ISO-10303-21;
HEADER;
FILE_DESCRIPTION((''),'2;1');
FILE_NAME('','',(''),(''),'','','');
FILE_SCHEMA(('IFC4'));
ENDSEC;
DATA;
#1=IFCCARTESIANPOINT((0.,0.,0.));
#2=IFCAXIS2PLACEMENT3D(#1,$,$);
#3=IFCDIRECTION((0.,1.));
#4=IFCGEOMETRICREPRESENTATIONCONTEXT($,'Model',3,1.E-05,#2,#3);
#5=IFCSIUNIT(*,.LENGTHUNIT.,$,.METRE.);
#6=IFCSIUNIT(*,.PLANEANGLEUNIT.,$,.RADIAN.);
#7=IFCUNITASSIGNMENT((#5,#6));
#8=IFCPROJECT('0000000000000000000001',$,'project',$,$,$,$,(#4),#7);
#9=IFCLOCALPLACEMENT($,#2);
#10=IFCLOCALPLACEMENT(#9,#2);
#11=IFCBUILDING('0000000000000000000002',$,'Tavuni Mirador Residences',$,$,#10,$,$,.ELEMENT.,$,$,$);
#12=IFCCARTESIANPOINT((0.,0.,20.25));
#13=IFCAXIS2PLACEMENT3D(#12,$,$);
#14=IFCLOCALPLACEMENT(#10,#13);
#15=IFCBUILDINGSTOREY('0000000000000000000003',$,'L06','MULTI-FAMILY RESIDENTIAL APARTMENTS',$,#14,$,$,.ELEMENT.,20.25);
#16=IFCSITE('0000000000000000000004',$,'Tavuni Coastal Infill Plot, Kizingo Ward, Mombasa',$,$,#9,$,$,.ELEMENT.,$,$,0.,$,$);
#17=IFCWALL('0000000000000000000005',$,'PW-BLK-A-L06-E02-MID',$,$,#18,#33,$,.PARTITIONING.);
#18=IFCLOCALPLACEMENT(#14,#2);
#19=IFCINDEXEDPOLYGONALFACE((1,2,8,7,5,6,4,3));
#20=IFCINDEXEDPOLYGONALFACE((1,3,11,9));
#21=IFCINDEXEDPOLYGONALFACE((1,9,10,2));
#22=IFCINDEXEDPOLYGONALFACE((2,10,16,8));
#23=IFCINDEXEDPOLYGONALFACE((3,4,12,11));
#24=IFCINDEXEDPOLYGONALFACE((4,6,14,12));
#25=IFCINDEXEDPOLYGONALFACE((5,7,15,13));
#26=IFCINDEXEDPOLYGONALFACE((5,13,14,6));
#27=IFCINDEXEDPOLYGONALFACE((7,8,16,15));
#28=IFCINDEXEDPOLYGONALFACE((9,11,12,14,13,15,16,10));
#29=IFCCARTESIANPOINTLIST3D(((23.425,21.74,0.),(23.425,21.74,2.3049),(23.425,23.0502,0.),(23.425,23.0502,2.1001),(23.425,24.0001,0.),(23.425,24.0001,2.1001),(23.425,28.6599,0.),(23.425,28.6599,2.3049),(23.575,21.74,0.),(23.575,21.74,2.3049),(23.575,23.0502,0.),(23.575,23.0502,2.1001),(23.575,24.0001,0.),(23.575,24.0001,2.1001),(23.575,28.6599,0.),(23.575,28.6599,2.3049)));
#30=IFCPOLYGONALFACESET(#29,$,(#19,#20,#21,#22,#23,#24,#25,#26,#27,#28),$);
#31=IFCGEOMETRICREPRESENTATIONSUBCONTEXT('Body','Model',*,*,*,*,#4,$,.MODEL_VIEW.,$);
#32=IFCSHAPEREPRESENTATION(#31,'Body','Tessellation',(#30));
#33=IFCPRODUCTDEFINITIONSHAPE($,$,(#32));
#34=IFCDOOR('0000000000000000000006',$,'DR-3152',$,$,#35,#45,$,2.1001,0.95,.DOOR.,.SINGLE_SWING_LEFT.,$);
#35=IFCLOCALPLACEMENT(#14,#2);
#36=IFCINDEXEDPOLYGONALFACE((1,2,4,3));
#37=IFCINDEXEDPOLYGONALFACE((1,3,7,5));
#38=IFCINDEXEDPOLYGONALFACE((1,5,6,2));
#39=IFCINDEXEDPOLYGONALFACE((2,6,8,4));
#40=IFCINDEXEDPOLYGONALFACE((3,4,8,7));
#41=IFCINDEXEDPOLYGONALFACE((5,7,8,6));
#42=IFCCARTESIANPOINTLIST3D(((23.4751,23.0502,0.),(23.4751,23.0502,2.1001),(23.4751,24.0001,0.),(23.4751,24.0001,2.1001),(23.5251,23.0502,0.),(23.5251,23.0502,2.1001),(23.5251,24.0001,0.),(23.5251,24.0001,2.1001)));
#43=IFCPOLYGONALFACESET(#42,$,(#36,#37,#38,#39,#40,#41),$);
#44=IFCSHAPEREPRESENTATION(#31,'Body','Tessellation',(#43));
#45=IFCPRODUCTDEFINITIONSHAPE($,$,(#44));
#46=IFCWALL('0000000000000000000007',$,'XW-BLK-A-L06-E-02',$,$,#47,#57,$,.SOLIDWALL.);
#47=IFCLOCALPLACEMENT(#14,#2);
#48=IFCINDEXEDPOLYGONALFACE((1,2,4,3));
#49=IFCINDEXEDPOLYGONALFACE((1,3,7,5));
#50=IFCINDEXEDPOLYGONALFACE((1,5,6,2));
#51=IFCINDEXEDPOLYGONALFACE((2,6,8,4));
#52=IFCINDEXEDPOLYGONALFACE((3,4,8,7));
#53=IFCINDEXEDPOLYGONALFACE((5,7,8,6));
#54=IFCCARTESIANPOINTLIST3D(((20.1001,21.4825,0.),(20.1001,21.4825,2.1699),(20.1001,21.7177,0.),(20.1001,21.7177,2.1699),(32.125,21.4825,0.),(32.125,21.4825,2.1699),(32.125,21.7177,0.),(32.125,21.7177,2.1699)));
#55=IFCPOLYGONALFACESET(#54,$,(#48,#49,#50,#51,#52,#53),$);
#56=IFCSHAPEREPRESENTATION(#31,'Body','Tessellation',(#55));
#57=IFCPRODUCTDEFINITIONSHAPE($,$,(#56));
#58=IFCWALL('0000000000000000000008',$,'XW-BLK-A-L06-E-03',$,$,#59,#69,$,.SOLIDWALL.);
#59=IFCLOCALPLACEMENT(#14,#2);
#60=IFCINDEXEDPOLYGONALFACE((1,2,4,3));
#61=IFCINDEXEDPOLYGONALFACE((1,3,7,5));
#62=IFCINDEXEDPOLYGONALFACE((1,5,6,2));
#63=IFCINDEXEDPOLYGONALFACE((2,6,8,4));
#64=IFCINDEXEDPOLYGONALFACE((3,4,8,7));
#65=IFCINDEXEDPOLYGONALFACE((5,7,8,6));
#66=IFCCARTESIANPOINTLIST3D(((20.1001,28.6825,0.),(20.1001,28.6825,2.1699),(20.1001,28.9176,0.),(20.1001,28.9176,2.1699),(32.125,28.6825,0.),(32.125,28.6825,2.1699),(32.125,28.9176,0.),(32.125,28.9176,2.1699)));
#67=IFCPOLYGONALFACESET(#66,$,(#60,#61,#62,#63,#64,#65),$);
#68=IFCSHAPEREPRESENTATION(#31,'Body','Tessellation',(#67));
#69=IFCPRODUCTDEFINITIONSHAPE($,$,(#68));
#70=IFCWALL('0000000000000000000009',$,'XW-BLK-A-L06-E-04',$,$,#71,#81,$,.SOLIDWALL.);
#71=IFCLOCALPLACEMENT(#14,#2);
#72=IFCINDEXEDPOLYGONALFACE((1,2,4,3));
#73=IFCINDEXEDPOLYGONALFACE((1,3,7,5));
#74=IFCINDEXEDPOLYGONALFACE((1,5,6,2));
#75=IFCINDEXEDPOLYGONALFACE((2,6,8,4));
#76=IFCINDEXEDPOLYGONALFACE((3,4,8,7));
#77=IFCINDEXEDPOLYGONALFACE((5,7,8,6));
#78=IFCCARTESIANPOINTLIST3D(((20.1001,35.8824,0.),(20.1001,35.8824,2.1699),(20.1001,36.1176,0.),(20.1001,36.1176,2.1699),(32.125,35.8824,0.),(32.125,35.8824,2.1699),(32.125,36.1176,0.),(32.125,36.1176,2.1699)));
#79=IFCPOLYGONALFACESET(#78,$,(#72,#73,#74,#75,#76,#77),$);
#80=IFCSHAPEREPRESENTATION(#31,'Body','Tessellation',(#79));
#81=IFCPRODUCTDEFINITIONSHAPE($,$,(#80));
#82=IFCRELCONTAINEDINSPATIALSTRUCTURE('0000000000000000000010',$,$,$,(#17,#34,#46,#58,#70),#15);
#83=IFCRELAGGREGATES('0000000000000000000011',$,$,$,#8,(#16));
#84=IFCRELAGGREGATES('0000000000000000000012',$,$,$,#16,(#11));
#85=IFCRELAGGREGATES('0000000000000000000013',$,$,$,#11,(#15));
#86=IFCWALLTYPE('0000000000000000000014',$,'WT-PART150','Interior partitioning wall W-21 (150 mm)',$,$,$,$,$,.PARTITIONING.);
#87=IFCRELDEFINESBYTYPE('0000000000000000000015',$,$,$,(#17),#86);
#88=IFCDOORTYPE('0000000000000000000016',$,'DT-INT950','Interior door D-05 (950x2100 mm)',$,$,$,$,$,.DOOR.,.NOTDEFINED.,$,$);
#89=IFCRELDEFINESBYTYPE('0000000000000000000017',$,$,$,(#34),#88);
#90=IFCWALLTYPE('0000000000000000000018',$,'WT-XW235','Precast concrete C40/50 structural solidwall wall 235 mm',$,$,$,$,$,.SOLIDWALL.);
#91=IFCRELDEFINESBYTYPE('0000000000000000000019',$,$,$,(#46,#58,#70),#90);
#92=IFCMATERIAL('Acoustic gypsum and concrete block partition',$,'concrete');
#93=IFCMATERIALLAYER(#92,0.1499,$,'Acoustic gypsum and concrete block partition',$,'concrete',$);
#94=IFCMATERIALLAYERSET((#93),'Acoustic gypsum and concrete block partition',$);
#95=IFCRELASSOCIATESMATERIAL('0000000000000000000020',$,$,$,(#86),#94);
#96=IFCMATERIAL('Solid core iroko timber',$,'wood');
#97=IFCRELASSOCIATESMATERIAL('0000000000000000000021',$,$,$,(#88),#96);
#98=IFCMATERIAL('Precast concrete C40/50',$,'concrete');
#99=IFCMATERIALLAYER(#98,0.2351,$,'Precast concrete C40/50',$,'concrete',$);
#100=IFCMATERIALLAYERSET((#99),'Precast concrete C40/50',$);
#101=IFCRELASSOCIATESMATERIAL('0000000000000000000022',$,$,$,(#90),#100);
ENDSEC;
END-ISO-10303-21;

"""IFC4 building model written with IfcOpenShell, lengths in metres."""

from ifc_helpers import new_model, si_unit, direction, frame, frame_2d, origin, place, context, subcontext, project, spatial, rectangle, extrude, material, layer, layer_set, type_object, element, fill, save


model = new_model("IFC4")

# Units and contexts
model_context = context("Model", 3, precision=1e-05, world=origin(), true_north=direction((0.0, 1.0)))
body_context = subcontext(model_context, "Body", "Model", "MODEL_VIEW")
ifc_project = project(units=[si_unit("LENGTHUNIT", "METRE"), si_unit("PLANEANGLEUNIT", "RADIAN")], contexts=[model_context])

# Site, building, storey
site_placement = place(None, origin())
site = spatial("IfcSite", under=ifc_project, at=site_placement, Name="Tavuni Coastal Infill Plot, Kizingo Ward, Mombasa", CompositionType="ELEMENT", RefElevation=0.0)
building_placement = place(site_placement, origin())
building = spatial("IfcBuilding", under=site, at=building_placement, Name="Tavuni Mirador Residences", CompositionType="ELEMENT")
storey_placement = place(building_placement, frame((0.0, 0.0, 20.25)))
storey = spatial("IfcBuildingStorey", under=building, at=storey_placement, Name="L06", Description="MULTI-FAMILY RESIDENTIAL APARTMENTS", CompositionType="ELEMENT", Elevation=20.25)

# Shared definitions
ifc_material_1 = material(Name="Precast concrete C40/50", Category="concrete")

# Wall, opening, door
ifc_material_2 = material(Name="Solid core iroko timber", Category="wood")
ifc_material_3 = material(Name="Acoustic gypsum and concrete block partition", Category="concrete")
ifc_layer_1 = layer(ifc_material_3, 0.1499, Name="Acoustic gypsum and concrete block partition", Category="concrete")
ifc_layer_set_1 = layer_set([ifc_layer_1], Name="Acoustic gypsum and concrete block partition")
wall_type_1 = type_object("IfcWallType", Name="WT-PART150", Description="Interior partitioning wall W-21 (150 mm)", PredefinedType="PARTITIONING", material=ifc_layer_set_1)
wall_1_placement = place(storey_placement, frame((23.5, 21.74, 0.0), z_axis=(0.0, 0.0, 1.0), x_axis=(0.0, 1.0, 0.0)))
wall_1 = element("IfcWall", 1, at=wall_1_placement, inside=storey, type_object=wall_type_1, Name="PW-BLK-A-L06-E02-MID", PredefinedType="PARTITIONING", context=body_context, shape_type="SweptSolid", body=[
    extrude(rectangle(XDim=6.9199, YDim=0.1499, at=frame_2d((3.46, 0.0))), origin(), (0.0, 0.0, 1.0), 2.3049),
])
opening_1_placement = place(wall_1_placement, frame((1.3101, 0.0, 0.0)))
opening_1 = element("IfcOpeningElement", 2, at=opening_1_placement, cuts=wall_1, PredefinedType="OPENING", context=body_context, shape_type="SweptSolid", body=[
    extrude(rectangle(XDim=0.95, YDim=2.1001, at=frame_2d((0.4751, 1.05))), frame((0.0, 0.085, 0.0), z_axis=(0.0, -1.0, 0.0), x_axis=(1.0, 0.0, 0.0)), (0.0, 0.0, 1.0), 0.1699),
])
door_type_1 = type_object("IfcDoorType", Name="DT-INT950", Description="Interior door D-05 (950x2100 mm)", OperationType="NOTDEFINED", PredefinedType="DOOR", material=ifc_material_2)
door_1_placement = place(opening_1_placement, origin())
door_1 = element("IfcDoor", 3, at=door_1_placement, inside=storey, type_object=door_type_1, Name="DR-3152", OperationType="SINGLE_SWING_LEFT", OverallHeight=2.1001, OverallWidth=0.95, PredefinedType="DOOR", context=body_context, shape_type="SweptSolid", body=[
    extrude(rectangle(XDim=0.95, YDim=2.1001, at=frame_2d((0.4751, 1.05))), frame((0.0, 0.0249, 0.0), z_axis=(0.0, -1.0, 0.0), x_axis=(1.0, 0.0, 0.0)), (0.0, 0.0, 1.0), 0.05),
])
fill(opening_1, door_1)

# Walls
ifc_layer_2 = layer(ifc_material_1, 0.2351, Name="Precast concrete C40/50", Category="concrete")
ifc_layer_set_2 = layer_set([ifc_layer_2], Name="Precast concrete C40/50")
wall_type_2 = type_object("IfcWallType", Name="WT-XW235", Description="Precast concrete C40/50 structural solidwall wall 235 mm", PredefinedType="SOLIDWALL", material=ifc_layer_set_2)
for number, where, z_axis, x_axis, name in (
    (4, (20.1001, 21.6001, 0.0), (0.0, 0.0, 1.0), (1.0, 0.0, 0.0), "XW-BLK-A-L06-E-02"),
    (5, (20.1001, 28.8, 0.0), (0.0, 0.0, 1.0), (1.0, 0.0, 0.0), "XW-BLK-A-L06-E-03"),
    (6, (20.1001, 36.0, 0.0), (0.0, 0.0, 1.0), (1.0, 0.0, 0.0), "XW-BLK-A-L06-E-04"),
):
    element("IfcWall", number, at=place(storey_placement, frame(where, z_axis=z_axis, x_axis=x_axis)), inside=storey, type_object=wall_type_2, Name=name, PredefinedType="SOLIDWALL", context=body_context, shape_type="SweptSolid", body=[
        extrude(rectangle(XDim=12.0249, YDim=0.2351, at=frame_2d((6.0125, 0.0))), origin(), (0.0, 0.0, 1.0), 2.1699),
    ])

save(model, "model.ifc")
